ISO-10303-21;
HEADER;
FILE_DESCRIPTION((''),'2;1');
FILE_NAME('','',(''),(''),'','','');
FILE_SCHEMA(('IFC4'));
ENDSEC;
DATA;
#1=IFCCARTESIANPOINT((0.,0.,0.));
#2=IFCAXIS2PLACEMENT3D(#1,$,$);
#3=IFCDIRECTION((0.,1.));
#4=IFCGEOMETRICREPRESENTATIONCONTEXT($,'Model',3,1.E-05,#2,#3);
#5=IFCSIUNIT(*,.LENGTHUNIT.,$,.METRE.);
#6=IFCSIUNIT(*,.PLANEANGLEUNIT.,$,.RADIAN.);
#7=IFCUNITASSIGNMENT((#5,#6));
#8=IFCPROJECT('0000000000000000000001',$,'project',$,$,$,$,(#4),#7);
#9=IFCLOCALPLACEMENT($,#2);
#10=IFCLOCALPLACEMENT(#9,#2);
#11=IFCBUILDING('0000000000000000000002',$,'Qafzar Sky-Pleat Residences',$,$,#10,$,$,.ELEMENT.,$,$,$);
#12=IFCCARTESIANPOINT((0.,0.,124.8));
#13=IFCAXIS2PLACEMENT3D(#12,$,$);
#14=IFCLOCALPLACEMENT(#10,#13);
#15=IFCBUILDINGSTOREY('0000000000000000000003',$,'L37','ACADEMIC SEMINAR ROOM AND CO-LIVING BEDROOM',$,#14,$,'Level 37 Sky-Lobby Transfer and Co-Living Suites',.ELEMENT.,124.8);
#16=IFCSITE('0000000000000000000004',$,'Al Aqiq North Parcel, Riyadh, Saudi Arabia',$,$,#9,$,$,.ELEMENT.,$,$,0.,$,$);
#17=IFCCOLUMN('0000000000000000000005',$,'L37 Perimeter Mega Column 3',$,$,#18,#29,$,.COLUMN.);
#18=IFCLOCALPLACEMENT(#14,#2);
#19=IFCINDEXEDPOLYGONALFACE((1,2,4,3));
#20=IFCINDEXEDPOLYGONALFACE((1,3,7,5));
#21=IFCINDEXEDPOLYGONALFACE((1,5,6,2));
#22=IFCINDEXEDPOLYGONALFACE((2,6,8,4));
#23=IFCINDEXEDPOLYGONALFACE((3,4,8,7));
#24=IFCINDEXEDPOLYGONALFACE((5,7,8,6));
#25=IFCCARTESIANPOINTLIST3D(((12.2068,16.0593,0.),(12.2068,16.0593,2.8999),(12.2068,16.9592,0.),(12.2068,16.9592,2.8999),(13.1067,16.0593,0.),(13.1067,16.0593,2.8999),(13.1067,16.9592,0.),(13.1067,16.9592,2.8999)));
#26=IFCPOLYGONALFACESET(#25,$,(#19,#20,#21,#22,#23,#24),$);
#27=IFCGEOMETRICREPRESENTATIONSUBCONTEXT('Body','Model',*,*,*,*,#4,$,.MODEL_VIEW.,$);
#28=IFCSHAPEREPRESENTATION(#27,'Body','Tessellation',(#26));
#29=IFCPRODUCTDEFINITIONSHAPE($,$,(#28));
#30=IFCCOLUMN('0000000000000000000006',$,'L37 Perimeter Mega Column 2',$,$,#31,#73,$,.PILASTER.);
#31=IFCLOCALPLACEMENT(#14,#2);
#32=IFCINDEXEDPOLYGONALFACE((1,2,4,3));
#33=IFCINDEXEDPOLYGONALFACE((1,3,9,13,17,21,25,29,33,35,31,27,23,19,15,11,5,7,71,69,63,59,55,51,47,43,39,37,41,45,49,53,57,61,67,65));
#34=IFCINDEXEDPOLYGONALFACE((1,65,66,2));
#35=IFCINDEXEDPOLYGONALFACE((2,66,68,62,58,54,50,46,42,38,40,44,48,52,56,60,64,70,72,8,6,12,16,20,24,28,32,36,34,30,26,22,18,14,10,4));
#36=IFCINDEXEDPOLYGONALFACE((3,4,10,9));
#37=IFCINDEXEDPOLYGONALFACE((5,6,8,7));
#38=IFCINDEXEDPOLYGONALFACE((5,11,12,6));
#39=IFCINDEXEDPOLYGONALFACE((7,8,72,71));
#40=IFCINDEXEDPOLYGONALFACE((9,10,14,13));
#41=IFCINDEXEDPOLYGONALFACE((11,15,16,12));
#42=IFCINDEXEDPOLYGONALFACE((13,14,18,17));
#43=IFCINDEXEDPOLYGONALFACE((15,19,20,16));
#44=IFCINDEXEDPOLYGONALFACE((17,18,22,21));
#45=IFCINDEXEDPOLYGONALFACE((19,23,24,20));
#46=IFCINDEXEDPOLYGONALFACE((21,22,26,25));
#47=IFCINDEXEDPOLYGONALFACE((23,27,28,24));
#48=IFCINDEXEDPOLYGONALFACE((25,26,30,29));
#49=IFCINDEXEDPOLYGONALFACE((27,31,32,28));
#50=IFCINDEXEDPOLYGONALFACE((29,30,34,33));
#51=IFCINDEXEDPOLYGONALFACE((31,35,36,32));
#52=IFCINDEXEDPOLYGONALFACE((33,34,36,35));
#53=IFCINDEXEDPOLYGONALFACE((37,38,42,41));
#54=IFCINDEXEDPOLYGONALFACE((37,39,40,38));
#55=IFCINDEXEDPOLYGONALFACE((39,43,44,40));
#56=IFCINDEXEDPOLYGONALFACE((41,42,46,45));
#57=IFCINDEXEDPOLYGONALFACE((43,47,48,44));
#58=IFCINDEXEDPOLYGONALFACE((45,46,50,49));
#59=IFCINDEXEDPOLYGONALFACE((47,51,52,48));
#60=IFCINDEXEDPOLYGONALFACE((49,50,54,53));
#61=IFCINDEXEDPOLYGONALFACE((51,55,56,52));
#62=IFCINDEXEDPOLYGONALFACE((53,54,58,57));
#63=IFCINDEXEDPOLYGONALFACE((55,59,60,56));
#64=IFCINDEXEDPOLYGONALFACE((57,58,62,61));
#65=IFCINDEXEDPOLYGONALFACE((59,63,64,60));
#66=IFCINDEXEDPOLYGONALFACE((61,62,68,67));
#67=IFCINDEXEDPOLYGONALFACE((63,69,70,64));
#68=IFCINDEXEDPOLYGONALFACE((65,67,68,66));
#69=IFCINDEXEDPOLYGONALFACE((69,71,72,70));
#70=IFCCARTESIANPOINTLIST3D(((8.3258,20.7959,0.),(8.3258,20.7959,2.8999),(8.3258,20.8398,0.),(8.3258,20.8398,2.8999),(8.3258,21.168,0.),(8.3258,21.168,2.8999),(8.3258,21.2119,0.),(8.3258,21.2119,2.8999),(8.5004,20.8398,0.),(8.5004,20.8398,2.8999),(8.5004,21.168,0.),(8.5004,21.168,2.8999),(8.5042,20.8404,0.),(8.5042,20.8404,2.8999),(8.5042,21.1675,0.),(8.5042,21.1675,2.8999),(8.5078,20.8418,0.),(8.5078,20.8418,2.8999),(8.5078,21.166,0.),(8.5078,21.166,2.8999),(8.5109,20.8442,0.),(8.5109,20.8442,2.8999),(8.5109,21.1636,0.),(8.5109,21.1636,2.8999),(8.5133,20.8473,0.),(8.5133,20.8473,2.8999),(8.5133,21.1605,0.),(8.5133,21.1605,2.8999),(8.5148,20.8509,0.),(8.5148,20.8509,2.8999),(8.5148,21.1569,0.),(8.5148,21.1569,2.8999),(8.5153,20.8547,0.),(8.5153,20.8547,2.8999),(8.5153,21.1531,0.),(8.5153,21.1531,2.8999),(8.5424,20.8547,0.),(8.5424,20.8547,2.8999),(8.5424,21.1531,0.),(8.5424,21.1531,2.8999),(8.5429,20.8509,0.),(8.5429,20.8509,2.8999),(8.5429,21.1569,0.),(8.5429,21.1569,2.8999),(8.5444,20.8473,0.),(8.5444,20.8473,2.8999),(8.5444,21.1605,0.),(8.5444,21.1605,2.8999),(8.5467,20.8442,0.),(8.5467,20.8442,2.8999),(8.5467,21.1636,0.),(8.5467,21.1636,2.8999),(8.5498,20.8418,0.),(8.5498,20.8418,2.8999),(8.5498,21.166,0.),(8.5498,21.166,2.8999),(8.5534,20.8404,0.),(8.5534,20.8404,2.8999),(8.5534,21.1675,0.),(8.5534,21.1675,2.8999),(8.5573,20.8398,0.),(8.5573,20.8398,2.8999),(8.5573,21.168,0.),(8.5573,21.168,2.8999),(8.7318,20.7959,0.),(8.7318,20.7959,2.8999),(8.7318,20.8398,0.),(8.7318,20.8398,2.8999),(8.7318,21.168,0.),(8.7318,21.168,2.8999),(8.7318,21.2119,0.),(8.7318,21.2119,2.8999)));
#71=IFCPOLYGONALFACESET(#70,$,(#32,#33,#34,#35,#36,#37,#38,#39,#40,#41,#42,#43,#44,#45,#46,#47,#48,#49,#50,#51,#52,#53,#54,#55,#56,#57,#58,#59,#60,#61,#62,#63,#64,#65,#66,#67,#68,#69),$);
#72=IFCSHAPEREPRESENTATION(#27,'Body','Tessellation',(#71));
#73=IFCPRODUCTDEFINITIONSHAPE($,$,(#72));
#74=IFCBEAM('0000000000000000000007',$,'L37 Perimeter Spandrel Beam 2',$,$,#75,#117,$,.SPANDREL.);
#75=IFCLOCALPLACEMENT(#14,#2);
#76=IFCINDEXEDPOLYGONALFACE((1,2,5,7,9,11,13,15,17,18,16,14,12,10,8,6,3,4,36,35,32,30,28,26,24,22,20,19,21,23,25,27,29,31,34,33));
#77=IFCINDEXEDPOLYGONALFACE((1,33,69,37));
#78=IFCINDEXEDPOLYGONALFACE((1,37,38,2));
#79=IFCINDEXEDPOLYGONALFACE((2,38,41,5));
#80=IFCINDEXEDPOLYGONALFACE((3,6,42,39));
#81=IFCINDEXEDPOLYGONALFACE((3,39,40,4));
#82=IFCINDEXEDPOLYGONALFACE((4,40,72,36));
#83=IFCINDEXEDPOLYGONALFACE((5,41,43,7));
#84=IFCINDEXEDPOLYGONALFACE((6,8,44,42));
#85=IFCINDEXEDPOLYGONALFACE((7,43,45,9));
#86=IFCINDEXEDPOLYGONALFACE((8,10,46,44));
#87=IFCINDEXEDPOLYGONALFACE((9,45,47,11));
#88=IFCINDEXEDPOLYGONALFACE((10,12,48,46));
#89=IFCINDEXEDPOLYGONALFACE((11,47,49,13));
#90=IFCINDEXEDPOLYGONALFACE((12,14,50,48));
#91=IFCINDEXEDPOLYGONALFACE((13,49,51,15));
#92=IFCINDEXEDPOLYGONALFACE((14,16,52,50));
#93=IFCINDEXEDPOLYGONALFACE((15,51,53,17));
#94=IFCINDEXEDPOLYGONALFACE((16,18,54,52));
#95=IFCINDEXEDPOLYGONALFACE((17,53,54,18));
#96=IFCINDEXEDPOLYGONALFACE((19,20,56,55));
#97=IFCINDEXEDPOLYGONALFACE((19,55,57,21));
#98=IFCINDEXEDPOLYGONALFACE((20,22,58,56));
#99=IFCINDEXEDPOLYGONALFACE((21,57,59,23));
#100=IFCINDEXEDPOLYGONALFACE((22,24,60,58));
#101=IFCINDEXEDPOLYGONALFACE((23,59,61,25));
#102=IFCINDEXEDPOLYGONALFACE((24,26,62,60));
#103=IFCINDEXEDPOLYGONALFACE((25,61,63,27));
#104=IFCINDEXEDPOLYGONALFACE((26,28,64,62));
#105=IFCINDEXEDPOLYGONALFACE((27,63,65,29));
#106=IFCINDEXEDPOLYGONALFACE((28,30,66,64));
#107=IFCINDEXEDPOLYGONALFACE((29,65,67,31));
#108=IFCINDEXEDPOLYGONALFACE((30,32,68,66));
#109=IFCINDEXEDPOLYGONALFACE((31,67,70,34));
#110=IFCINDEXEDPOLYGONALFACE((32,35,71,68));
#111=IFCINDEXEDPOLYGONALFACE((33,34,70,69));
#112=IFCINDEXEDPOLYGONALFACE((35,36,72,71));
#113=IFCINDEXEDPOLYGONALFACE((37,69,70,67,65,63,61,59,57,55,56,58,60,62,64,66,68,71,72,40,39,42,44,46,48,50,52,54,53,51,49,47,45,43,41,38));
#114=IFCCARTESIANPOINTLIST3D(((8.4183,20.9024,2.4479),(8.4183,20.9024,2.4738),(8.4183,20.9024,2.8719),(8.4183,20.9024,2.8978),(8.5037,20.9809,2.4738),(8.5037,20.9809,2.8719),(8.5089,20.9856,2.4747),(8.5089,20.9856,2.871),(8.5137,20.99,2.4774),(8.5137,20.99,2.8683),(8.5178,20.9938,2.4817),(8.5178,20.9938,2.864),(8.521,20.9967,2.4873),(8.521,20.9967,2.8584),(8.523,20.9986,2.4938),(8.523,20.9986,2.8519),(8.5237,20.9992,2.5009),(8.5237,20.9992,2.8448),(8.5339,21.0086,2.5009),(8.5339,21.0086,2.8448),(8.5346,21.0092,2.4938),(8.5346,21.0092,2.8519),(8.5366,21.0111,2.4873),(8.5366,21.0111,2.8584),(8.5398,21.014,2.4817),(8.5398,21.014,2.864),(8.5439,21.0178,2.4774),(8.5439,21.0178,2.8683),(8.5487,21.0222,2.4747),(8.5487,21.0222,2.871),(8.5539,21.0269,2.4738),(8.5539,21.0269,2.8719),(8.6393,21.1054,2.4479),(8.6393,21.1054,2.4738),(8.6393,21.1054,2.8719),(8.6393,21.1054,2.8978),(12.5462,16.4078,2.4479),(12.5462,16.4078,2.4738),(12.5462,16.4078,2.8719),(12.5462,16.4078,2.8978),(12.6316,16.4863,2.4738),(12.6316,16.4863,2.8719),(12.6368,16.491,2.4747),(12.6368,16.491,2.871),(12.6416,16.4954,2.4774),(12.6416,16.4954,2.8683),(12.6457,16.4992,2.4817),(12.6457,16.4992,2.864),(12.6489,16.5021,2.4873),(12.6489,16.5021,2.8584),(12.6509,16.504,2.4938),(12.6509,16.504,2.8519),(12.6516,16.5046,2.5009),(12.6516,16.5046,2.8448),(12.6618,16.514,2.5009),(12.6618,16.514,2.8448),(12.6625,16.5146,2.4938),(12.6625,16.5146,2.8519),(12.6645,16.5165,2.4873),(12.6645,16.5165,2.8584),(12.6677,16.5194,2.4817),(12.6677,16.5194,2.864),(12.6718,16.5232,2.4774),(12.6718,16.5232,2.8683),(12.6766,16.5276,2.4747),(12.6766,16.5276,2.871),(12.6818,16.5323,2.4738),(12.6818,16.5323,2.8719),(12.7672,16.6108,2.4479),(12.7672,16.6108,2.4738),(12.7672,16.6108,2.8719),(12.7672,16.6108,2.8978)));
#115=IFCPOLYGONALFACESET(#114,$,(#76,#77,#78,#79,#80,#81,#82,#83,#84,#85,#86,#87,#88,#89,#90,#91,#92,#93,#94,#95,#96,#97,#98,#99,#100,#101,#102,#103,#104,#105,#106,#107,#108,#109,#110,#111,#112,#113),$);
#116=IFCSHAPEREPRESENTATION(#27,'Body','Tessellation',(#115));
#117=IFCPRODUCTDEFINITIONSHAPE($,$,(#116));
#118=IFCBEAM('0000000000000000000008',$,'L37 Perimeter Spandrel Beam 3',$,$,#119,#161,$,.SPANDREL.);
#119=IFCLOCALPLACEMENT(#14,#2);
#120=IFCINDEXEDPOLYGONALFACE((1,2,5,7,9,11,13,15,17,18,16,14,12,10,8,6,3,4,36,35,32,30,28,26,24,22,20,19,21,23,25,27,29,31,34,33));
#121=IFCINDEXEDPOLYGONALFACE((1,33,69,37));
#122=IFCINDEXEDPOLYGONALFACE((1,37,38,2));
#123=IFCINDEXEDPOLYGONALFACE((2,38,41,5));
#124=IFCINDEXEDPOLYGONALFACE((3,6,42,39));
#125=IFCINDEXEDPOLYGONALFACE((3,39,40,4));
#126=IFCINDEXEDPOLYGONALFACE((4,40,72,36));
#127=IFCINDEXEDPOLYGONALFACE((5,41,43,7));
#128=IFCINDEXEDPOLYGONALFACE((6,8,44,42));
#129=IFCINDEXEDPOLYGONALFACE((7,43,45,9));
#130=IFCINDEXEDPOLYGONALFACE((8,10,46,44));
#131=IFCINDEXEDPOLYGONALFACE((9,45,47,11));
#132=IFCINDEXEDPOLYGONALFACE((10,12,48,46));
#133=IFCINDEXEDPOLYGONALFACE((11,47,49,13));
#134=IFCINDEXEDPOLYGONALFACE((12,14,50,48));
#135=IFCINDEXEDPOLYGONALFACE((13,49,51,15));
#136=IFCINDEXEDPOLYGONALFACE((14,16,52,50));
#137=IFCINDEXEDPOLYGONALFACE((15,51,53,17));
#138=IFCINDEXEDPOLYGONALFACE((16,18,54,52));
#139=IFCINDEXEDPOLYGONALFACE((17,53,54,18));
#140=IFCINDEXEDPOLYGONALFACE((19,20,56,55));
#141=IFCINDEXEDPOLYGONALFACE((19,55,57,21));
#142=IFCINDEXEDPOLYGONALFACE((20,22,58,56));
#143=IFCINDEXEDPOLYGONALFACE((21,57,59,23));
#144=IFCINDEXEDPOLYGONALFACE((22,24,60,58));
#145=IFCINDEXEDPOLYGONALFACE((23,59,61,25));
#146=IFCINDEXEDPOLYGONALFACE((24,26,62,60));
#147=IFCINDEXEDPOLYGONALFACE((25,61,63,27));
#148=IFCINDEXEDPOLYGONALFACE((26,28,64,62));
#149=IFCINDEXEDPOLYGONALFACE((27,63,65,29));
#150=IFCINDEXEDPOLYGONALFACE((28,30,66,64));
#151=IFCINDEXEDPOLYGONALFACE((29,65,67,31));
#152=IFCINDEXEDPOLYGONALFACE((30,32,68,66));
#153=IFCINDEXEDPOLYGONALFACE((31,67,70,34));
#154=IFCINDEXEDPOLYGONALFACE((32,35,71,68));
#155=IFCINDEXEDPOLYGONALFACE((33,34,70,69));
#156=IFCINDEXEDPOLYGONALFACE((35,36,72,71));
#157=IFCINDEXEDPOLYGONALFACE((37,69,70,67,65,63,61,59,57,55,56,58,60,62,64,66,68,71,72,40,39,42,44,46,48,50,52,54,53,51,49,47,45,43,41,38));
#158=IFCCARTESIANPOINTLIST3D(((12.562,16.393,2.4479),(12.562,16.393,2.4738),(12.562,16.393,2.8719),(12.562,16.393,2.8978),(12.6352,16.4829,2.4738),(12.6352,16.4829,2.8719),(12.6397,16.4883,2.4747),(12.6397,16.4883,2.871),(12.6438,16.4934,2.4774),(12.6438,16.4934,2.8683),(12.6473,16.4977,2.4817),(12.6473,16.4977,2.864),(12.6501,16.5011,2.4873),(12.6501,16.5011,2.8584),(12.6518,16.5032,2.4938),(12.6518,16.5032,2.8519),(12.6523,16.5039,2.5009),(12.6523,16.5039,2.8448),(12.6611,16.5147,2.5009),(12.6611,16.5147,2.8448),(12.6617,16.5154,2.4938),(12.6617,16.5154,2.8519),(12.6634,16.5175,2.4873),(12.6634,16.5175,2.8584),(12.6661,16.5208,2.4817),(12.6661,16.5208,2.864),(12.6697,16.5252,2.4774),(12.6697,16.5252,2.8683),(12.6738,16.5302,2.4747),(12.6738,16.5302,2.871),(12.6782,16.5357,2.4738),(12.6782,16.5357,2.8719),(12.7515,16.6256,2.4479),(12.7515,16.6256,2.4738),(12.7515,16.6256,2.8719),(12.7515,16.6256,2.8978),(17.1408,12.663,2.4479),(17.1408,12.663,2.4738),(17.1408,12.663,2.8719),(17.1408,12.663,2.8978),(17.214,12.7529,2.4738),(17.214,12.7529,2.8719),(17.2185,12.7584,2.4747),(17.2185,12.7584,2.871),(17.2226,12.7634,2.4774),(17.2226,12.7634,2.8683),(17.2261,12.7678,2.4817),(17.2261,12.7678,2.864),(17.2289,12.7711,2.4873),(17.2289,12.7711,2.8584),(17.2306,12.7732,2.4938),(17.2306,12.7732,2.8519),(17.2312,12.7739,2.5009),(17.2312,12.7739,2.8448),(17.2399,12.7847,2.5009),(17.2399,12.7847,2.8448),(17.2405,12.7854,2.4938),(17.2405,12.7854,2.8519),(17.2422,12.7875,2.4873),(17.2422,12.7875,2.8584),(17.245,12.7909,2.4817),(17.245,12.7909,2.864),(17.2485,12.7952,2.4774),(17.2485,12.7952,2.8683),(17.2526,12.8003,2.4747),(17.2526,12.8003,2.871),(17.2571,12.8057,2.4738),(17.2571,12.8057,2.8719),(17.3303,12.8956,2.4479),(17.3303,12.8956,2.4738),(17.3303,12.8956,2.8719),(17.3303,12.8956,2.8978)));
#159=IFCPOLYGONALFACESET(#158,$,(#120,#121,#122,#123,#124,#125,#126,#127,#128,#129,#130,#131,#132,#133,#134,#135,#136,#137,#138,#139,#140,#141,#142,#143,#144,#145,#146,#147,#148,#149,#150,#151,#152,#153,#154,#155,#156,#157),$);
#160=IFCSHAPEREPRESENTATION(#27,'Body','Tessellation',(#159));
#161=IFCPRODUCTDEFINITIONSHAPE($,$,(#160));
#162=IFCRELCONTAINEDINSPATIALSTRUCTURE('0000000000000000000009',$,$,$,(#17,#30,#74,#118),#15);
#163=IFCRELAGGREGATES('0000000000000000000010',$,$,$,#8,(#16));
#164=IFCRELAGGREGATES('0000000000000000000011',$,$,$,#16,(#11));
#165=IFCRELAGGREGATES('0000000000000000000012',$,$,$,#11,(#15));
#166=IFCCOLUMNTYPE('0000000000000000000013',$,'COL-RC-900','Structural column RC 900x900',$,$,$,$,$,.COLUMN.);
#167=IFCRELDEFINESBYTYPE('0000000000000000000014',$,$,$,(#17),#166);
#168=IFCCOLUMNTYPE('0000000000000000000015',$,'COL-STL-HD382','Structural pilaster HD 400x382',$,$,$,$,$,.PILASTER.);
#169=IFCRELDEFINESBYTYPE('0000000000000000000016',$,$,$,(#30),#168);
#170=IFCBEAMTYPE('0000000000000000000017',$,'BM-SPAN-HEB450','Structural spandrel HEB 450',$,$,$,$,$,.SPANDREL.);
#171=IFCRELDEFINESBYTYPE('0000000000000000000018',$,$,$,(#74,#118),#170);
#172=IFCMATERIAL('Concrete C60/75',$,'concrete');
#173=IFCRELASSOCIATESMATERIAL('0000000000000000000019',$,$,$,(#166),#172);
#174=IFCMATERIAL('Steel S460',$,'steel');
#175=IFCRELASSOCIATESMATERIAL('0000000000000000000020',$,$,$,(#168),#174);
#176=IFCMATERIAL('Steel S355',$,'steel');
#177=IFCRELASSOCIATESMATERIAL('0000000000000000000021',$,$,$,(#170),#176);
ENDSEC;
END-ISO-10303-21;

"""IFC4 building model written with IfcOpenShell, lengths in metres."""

from ifc_helpers import new_model, si_unit, direction, frame, origin, origin_2d, place, context, subcontext, project, spatial, rectangle, i_section, extrude, source, transform, mapped, material, material_profile, profile_set, type_object, element, save


model = new_model("IFC4")

# Units and contexts
model_context = context("Model", 3, precision=1e-05, world=origin(), true_north=direction((0.0, 1.0)))
body_context = subcontext(model_context, "Body", "Model", "MODEL_VIEW")
ifc_project = project(units=[si_unit("LENGTHUNIT", "METRE"), si_unit("PLANEANGLEUNIT", "RADIAN")], contexts=[model_context])

# Site, building, storey
site_placement = place(None, origin())
site = spatial("IfcSite", under=ifc_project, at=site_placement, Name="Al Aqiq North Parcel, Riyadh, Saudi Arabia", CompositionType="ELEMENT", RefElevation=0.0)
building_placement = place(site_placement, origin())
building = spatial("IfcBuilding", under=site, at=building_placement, Name="Qafzar Sky-Pleat Residences", CompositionType="ELEMENT")
storey_placement = place(building_placement, frame((0.0, 0.0, 124.8)))
storey = spatial("IfcBuildingStorey", under=building, at=storey_placement, Name="L37", Description="ACADEMIC SEMINAR ROOM AND CO-LIVING BEDROOM", LongName="Level 37 Sky-Lobby Transfer and Co-Living Suites", CompositionType="ELEMENT", Elevation=124.8)

# Columns
ifc_material_1 = material(Name="Concrete C60/75", Category="concrete")
ifc_material_profile_1 = material_profile(ifc_material_1, rectangle(XDim=0.8999, YDim=0.8999, at=origin_2d()), Name="RC 900x900")
ifc_profile_set_1 = profile_set([ifc_material_profile_1], Name="Concrete C60/75")
column_type_1 = type_object("IfcColumnType", Name="COL-RC-900", Description="Structural column RC 900x900", PredefinedType="COLUMN", material=ifc_profile_set_1)
shared_shape_1 = source(origin(), body_context, "Body", "SweptSolid", [
    extrude(rectangle(XDim=0.8999, YDim=0.8999, at=origin_2d()), origin(), (0.0, 0.0, 1.0), 2.8999),
])
column_1_placement = place(storey_placement, frame((12.6567, 16.5093, 0.0), z_axis=(0.0, 0.0, 1.0), x_axis=(1.0, 0.0, 0.0)))
element("IfcColumn", 1, at=column_1_placement, inside=storey, type_object=column_type_1, Name="L37 Perimeter Mega Column 3", PredefinedType="COLUMN", context=body_context, shape_type="MappedRepresentation", body=[
    mapped(shared_shape_1, transform((0.0, 0.0, 0.0), x_axis=(1.0, 0.0, 0.0), y_axis=(0.0, 1.0, 0.0), z_axis=(0.0, 0.0, 1.0), scale=1.0)),
])
ifc_material_2 = material(Name="Steel S460", Category="steel")
ifc_material_profile_2 = material_profile(ifc_material_2, i_section(OverallWidth=0.406, OverallDepth=0.416, WebThickness=0.0271, FlangeThickness=0.0439, FilletRadius=0.0149, at=origin_2d()), Name="HD 400x382")
ifc_profile_set_2 = profile_set([ifc_material_profile_2], Name="Steel S460")
column_type_2 = type_object("IfcColumnType", Name="COL-STL-HD382", Description="Structural pilaster HD 400x382", PredefinedType="PILASTER", material=ifc_profile_set_2)
shared_shape_2 = source(origin(), body_context, "Body", "SweptSolid", [
    extrude(i_section(OverallWidth=0.406, OverallDepth=0.416, WebThickness=0.0271, FlangeThickness=0.0439, FilletRadius=0.0149, at=origin_2d()), origin(), (0.0, 0.0, 1.0), 2.8999),
])
column_2_placement = place(storey_placement, frame((8.5288, 21.0039, 0.0), z_axis=(0.0, 0.0, 1.0), x_axis=(1.0, 0.0, 0.0)))
element("IfcColumn", 2, at=column_2_placement, inside=storey, type_object=column_type_2, Name="L37 Perimeter Mega Column 2", PredefinedType="PILASTER", context=body_context, shape_type="MappedRepresentation", body=[
    mapped(shared_shape_2, transform((0.0, 0.0, 0.0), x_axis=(1.0, 0.0, 0.0), y_axis=(0.0, 1.0, 0.0), z_axis=(0.0, 0.0, 1.0), scale=1.0)),
])

# Beams
ifc_material_3 = material(Name="Steel S355", Category="steel")
ifc_material_profile_3 = material_profile(ifc_material_3, i_section(OverallWidth=0.3, OverallDepth=0.45, WebThickness=0.0139, FlangeThickness=0.0259, FilletRadius=0.0271, at=origin_2d()), Name="HEB 450")
ifc_profile_set_3 = profile_set([ifc_material_profile_3], Name="Steel S355")
beam_type_1 = type_object("IfcBeamType", Name="BM-SPAN-HEB450", Description="Structural spandrel HEB 450", PredefinedType="SPANDREL", material=ifc_profile_set_3)
shared_shape_3 = source(origin(), body_context, "Body", "SweptSolid", [
    extrude(i_section(OverallWidth=0.3, OverallDepth=0.45, WebThickness=0.0139, FlangeThickness=0.0259, FilletRadius=0.0271, at=origin_2d()), origin(), (0.0, 0.0, 1.0), 6.1025),
])
beam_1_placement = place(storey_placement, frame((8.5288, 21.0039, 2.6729), z_axis=(0.676424, -0.736513, 0.0), x_axis=(0.736513, 0.676424, 0.0)))
element("IfcBeam", 3, at=beam_1_placement, inside=storey, type_object=beam_type_1, Name="L37 Perimeter Spandrel Beam 2", PredefinedType="SPANDREL", context=body_context, shape_type="MappedRepresentation", body=[
    mapped(shared_shape_3, transform((0.0, 0.0, 0.0), x_axis=(1.0, 0.0, 0.0), y_axis=(0.0, 1.0, 0.0), z_axis=(0.0, 0.0, 1.0), scale=1.0)),
])
shared_shape_4 = source(origin(), body_context, "Body", "SweptSolid", [
    extrude(i_section(OverallWidth=0.3, OverallDepth=0.45, WebThickness=0.0139, FlangeThickness=0.0259, FilletRadius=0.0271, at=origin_2d()), origin(), (0.0, 0.0, 1.0), 5.9058),
])
beam_2_placement = place(storey_placement, frame((12.6567, 16.5093, 2.6729), z_axis=(0.775313, -0.631577, 0.0), x_axis=(0.631577, 0.775313, 0.0)))
element("IfcBeam", 4, at=beam_2_placement, inside=storey, type_object=beam_type_1, Name="L37 Perimeter Spandrel Beam 3", PredefinedType="SPANDREL", context=body_context, shape_type="MappedRepresentation", body=[
    mapped(shared_shape_4, transform((0.0, 0.0, 0.0), x_axis=(1.0, 0.0, 0.0), y_axis=(0.0, 1.0, 0.0), z_axis=(0.0, 0.0, 1.0), scale=1.0)),
])

save(model, "model.ifc")
